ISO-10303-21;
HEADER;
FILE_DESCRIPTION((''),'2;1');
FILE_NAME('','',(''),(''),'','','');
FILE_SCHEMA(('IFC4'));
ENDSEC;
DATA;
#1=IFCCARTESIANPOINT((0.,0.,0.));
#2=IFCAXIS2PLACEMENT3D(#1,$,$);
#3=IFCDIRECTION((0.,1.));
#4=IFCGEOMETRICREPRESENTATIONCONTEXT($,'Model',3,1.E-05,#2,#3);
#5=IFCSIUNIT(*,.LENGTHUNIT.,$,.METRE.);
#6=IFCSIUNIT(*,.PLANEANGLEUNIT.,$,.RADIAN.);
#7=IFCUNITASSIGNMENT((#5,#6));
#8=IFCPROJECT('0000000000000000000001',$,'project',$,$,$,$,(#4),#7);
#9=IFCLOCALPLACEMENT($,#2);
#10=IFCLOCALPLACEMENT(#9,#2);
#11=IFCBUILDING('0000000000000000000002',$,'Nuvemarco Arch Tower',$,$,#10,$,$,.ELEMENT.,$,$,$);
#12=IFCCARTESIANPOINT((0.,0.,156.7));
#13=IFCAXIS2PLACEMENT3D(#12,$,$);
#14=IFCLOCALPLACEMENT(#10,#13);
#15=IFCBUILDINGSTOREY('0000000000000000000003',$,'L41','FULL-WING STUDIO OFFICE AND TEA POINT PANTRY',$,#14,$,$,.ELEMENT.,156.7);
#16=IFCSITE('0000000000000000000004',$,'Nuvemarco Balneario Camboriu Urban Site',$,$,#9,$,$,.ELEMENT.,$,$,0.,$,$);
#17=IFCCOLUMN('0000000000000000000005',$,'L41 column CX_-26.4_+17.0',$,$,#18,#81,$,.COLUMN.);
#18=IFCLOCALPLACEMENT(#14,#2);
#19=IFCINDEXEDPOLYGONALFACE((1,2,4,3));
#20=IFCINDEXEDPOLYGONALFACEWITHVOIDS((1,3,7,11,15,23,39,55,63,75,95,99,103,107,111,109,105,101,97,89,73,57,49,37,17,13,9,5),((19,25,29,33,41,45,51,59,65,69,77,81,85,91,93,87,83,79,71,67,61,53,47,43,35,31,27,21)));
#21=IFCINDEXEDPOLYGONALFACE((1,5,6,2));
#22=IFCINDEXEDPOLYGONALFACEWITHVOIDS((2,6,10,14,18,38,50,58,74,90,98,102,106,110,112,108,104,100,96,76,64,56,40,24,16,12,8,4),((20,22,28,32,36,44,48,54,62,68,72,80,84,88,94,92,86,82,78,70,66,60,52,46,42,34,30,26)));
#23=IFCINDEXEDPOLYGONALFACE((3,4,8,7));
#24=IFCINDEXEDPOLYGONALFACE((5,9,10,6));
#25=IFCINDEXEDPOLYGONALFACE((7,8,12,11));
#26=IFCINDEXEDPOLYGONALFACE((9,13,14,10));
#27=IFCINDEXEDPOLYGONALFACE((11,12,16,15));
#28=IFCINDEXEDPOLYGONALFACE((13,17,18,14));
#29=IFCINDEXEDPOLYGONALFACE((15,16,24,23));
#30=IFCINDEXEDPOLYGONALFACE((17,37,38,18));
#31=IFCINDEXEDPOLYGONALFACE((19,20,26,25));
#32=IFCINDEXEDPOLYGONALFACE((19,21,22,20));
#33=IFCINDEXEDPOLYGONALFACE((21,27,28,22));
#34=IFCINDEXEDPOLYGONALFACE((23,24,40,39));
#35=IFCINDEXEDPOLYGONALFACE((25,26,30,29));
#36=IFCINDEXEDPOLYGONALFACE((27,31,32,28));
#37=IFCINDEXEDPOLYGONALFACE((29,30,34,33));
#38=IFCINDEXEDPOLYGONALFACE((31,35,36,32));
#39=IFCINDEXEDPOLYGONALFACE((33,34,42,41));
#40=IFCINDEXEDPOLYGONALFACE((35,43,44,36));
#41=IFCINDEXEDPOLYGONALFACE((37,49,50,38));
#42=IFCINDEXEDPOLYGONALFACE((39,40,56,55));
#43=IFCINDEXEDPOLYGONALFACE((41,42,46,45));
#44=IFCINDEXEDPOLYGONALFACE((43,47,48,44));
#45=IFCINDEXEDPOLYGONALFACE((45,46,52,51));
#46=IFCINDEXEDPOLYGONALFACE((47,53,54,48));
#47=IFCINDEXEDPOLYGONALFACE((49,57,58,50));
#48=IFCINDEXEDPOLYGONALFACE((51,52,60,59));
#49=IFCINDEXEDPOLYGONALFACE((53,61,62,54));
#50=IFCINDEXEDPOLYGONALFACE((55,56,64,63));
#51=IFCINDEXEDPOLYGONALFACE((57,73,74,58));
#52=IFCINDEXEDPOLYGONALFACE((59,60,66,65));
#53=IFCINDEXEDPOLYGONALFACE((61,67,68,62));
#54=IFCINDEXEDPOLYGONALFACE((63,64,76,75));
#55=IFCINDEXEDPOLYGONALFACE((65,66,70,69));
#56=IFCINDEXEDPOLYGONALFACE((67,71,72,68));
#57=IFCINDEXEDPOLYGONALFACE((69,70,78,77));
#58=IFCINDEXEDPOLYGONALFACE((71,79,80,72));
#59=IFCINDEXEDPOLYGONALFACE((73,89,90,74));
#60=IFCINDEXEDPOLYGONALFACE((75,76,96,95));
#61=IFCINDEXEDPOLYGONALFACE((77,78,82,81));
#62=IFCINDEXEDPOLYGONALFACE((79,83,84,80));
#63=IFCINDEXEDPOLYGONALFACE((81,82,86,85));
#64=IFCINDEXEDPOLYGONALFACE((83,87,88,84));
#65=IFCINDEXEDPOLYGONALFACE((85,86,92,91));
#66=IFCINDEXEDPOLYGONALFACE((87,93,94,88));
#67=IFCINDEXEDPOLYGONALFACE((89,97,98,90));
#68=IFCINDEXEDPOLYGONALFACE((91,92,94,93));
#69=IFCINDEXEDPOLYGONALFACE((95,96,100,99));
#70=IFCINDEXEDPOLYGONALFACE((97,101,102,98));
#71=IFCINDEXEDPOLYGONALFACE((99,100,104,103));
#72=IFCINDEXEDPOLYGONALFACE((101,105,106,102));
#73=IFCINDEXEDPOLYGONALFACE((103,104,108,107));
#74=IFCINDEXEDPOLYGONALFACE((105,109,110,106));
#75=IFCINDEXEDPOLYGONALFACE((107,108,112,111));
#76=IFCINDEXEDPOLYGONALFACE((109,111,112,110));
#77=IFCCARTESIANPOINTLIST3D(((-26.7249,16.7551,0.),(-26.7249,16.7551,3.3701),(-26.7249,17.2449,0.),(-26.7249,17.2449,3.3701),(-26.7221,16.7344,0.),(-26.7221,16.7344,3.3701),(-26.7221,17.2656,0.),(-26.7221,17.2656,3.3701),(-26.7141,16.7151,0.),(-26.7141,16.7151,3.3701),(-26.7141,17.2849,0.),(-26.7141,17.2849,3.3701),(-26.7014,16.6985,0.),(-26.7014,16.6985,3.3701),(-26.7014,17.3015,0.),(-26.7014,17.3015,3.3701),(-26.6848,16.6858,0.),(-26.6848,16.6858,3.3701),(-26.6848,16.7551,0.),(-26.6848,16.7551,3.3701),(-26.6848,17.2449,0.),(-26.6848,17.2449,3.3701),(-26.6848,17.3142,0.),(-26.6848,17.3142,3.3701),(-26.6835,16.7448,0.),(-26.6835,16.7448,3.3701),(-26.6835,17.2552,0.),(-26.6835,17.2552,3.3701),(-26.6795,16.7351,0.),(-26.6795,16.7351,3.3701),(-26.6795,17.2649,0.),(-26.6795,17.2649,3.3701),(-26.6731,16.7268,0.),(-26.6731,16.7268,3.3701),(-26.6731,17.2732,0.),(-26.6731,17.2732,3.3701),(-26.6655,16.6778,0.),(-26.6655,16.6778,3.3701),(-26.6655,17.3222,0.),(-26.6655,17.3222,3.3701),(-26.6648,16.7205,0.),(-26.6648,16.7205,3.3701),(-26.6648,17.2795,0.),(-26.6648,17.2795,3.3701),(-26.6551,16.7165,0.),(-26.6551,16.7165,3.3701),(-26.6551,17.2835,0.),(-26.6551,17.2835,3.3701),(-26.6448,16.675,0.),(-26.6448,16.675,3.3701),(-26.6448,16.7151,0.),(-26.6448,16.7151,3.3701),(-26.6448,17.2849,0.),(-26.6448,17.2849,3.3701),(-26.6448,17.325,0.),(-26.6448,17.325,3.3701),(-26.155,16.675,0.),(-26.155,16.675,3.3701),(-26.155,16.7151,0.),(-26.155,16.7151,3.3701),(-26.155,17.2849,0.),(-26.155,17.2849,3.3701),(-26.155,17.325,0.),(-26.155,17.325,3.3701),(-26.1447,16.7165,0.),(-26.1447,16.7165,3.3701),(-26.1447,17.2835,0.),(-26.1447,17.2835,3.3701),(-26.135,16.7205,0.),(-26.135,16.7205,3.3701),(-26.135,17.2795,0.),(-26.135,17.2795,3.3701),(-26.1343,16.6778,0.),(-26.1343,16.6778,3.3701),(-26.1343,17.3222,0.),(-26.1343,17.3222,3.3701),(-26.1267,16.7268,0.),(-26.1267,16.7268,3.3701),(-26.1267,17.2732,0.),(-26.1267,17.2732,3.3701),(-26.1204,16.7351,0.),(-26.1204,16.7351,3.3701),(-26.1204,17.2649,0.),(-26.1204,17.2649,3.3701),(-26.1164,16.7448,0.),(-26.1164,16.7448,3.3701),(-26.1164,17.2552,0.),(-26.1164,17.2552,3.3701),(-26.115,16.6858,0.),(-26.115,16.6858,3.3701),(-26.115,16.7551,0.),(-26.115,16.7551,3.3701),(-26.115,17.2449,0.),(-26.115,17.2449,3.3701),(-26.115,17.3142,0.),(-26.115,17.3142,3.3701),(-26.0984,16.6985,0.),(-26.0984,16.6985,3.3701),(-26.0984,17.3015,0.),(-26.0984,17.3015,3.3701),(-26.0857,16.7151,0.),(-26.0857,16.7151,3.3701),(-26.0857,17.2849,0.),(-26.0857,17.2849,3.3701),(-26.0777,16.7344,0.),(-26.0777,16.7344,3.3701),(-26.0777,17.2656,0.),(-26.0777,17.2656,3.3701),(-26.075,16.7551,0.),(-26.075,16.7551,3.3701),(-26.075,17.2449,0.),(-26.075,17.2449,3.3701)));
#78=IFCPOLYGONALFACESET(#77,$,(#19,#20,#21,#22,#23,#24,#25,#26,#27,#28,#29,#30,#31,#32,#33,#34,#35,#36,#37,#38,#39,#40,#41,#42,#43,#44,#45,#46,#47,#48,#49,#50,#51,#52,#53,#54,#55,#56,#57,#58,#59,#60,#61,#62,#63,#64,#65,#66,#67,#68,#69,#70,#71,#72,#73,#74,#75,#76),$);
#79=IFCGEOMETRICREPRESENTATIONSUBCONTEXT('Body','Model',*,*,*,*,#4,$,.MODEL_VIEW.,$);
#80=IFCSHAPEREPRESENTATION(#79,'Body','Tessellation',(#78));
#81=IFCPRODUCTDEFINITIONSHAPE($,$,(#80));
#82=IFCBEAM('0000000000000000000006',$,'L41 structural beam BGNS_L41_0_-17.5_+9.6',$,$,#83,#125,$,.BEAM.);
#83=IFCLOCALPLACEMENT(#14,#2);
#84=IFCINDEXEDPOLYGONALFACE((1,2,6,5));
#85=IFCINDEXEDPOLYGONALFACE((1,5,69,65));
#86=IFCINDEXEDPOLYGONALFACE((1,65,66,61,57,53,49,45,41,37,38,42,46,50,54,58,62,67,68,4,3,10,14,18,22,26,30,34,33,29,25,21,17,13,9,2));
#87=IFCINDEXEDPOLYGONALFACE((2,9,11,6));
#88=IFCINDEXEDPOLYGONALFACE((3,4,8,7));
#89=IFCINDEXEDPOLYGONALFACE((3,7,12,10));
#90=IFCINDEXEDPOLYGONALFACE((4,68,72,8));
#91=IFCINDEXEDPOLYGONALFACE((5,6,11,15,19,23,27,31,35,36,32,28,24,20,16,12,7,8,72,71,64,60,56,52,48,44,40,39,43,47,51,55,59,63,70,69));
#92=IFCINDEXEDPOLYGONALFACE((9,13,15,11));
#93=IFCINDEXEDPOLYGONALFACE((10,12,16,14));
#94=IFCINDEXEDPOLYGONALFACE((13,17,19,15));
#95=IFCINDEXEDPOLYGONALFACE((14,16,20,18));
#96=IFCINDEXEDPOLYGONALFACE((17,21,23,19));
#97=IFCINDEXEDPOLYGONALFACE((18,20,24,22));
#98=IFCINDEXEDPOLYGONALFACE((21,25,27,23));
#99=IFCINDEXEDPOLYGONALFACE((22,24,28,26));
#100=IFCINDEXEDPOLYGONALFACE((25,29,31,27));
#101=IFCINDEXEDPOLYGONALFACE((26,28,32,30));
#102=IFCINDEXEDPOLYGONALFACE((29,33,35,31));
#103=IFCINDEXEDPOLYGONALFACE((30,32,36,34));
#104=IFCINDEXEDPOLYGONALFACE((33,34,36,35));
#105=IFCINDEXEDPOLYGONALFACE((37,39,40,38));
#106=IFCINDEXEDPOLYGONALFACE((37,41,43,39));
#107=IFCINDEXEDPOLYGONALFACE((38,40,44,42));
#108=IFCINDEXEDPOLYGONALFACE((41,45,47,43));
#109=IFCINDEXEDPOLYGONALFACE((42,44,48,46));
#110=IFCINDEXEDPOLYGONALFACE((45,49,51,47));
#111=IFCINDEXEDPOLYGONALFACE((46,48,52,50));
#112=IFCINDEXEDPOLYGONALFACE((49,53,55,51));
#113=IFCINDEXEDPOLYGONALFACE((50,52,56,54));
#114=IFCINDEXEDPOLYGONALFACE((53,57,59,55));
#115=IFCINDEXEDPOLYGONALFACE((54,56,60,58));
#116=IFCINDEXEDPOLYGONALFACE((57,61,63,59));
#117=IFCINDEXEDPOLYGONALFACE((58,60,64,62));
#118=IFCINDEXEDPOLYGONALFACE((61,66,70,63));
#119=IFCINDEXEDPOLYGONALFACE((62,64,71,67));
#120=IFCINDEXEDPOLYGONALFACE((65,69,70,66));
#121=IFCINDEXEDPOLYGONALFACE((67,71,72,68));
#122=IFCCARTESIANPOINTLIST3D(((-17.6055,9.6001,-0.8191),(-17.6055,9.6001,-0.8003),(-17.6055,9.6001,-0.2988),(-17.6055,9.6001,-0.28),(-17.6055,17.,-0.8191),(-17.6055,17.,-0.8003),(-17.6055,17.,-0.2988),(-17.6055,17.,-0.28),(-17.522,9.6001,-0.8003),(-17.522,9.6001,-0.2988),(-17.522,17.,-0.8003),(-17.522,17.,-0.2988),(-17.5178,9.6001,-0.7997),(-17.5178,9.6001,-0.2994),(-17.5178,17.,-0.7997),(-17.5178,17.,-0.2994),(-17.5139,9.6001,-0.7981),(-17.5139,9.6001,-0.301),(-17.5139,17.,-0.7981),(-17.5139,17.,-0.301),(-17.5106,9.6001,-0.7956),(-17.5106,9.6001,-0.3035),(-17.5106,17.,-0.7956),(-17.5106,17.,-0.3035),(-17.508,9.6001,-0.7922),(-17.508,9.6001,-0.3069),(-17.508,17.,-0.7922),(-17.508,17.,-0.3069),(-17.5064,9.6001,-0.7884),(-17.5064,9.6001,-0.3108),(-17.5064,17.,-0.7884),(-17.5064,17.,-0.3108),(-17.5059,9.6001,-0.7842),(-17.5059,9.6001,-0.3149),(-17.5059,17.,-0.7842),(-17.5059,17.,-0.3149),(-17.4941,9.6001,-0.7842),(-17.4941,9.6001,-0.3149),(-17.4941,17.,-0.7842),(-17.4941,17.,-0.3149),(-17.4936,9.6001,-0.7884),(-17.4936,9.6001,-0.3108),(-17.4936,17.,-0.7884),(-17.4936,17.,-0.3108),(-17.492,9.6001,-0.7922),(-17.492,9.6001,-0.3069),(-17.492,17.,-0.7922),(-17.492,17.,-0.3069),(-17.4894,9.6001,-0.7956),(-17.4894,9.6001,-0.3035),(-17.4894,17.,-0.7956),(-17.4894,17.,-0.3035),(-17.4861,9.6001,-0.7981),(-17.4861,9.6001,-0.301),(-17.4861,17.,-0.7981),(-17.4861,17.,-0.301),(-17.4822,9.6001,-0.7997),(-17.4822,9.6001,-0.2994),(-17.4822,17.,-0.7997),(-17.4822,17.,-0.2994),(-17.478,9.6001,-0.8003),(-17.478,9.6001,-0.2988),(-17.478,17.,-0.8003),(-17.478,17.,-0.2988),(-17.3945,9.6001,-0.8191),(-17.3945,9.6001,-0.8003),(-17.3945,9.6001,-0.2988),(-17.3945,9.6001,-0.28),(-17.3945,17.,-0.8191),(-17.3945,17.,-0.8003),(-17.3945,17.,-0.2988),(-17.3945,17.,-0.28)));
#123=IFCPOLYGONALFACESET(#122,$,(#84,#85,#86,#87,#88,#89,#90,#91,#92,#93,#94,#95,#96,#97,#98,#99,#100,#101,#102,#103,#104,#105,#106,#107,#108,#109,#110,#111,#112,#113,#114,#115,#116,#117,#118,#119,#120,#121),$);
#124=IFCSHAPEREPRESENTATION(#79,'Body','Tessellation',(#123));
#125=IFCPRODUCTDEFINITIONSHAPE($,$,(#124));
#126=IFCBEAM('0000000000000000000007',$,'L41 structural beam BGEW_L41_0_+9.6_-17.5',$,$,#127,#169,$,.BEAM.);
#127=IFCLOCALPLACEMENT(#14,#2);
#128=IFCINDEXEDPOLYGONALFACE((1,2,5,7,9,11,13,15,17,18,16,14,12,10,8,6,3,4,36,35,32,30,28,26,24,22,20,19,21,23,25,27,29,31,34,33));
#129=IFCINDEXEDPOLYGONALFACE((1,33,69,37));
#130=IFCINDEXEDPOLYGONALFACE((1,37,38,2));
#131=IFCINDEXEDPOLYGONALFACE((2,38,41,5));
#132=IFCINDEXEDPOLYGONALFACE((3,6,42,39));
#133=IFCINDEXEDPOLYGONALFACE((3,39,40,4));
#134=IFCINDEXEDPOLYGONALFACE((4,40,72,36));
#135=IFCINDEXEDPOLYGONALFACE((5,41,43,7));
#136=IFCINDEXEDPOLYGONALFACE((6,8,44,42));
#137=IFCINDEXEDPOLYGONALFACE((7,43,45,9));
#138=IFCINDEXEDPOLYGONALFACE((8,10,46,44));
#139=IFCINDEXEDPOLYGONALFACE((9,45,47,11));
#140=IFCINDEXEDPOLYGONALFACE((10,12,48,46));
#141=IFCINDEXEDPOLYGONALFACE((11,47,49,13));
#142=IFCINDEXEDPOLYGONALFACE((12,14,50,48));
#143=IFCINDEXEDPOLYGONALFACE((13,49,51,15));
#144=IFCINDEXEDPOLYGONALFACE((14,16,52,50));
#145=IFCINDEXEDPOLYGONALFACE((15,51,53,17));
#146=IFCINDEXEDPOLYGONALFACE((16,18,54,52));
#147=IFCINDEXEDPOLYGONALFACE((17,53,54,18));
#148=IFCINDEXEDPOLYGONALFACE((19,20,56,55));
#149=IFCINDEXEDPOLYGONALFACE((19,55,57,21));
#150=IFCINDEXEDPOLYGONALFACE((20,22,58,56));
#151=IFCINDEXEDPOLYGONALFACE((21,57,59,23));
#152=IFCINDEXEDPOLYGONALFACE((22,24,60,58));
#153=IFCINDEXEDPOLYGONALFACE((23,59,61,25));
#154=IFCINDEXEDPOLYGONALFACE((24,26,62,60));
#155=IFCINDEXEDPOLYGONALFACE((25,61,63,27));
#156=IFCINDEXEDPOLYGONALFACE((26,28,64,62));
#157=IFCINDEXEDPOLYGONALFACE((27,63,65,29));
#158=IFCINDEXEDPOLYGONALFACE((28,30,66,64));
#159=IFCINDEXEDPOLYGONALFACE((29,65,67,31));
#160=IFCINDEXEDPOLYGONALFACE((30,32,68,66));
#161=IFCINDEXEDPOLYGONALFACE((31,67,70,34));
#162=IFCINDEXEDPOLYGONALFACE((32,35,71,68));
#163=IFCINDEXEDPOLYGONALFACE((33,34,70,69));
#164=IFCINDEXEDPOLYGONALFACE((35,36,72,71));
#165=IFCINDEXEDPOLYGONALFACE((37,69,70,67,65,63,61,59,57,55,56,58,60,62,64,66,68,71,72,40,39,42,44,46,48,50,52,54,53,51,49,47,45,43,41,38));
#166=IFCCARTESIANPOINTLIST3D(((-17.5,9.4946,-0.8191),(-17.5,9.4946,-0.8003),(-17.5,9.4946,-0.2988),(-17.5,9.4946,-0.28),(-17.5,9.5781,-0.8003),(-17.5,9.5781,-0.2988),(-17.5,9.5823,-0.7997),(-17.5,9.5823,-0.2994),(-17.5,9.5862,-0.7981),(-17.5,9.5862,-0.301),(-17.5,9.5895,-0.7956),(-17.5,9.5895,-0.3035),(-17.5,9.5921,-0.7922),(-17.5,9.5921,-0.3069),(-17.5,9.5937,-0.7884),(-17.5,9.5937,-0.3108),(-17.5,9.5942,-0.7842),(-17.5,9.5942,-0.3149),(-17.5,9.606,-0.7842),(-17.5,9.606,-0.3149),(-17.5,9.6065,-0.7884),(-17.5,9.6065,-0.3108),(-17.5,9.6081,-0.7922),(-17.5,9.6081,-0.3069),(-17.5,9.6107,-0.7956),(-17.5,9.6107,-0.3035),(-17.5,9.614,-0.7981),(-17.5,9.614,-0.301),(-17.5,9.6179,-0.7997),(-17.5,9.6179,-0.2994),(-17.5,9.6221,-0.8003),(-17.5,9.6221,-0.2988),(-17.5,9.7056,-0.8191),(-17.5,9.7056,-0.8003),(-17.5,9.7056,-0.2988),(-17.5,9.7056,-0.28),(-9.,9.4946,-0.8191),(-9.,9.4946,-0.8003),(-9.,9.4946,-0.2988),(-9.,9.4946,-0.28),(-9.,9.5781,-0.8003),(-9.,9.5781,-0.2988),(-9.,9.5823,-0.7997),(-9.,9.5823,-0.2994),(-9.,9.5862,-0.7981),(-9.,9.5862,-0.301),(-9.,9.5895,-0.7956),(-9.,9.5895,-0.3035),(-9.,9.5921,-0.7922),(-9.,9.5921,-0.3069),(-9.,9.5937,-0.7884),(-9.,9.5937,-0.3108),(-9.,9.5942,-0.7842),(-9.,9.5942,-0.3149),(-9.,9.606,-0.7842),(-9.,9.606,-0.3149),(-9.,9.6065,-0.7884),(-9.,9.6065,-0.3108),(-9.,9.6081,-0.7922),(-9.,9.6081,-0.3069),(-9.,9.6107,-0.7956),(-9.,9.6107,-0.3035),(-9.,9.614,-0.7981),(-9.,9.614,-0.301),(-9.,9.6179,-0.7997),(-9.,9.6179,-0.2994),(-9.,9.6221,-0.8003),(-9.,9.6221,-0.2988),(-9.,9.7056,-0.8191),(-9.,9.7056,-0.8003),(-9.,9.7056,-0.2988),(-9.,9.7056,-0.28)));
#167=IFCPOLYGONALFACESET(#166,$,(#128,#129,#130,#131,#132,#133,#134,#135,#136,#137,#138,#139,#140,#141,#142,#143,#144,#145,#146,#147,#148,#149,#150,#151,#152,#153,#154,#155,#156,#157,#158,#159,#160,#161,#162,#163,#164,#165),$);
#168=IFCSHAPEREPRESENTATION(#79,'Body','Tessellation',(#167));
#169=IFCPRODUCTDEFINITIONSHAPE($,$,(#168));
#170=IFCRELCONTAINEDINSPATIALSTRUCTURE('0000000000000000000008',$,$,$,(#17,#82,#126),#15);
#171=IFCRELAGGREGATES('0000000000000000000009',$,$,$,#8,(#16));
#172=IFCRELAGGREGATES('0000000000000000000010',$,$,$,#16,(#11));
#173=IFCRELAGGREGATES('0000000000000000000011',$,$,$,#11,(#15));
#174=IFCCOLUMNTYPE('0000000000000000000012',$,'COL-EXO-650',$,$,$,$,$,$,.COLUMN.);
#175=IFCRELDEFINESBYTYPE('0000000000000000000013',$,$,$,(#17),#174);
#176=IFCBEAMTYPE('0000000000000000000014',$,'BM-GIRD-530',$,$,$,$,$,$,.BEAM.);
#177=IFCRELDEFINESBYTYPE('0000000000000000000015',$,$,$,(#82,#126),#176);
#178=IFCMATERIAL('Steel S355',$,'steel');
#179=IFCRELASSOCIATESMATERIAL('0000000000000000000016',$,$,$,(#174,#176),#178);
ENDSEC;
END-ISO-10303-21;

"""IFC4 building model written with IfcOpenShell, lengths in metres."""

from ifc_helpers import new_model, si_unit, direction, frame, origin, origin_2d, place, context, subcontext, project, spatial, hollow_rectangle, i_section, extrude, material, material_profile, profile_set, type_object, element, save


model = new_model("IFC4")

# Units and contexts
model_context = context("Model", 3, precision=1e-05, world=origin(), true_north=direction((0.0, 1.0)))
body_context = subcontext(model_context, "Body", "Model", "MODEL_VIEW")
ifc_project = project(units=[si_unit("LENGTHUNIT", "METRE"), si_unit("PLANEANGLEUNIT", "RADIAN")], contexts=[model_context])

# Site, building, storey
site_placement = place(None, origin())
site = spatial("IfcSite", under=ifc_project, at=site_placement, Name="Nuvemarco Balneario Camboriu Urban Site", CompositionType="ELEMENT", RefElevation=0.0)
building_placement = place(site_placement, origin())
building = spatial("IfcBuilding", under=site, at=building_placement, Name="Nuvemarco Arch Tower", CompositionType="ELEMENT")
storey_placement = place(building_placement, frame((0.0, 0.0, 156.7)))
storey = spatial("IfcBuildingStorey", under=building, at=storey_placement, Name="L41", Description="FULL-WING STUDIO OFFICE AND TEA POINT PANTRY", CompositionType="ELEMENT", Elevation=156.7)

# Column
ifc_material_1 = material(Name="Steel S355", Category="steel")
ifc_material_profile_1 = material_profile(ifc_material_1, hollow_rectangle(XDim=0.6499, YDim=0.6499, WallThickness=0.04, InnerFilletRadius=0.04, OuterFilletRadius=0.0801, at=origin_2d()), Name="SHS650x650x40")
ifc_profile_set_1 = profile_set([ifc_material_profile_1], Name="Steel S355")
column_type = type_object("IfcColumnType", Name="COL-EXO-650", PredefinedType="COLUMN", material=ifc_profile_set_1)
column_placement = place(storey_placement, frame((-26.3999, 17.0, 0.0), z_axis=(0.0, 0.0, 1.0), x_axis=(1.0, 0.0, 0.0)))
element("IfcColumn", 1, at=column_placement, inside=storey, type_object=column_type, Name="L41 column CX_-26.4_+17.0", PredefinedType="COLUMN", context=body_context, shape_type="SweptSolid", body=[
    extrude(hollow_rectangle(XDim=0.6499, YDim=0.6499, WallThickness=0.04, InnerFilletRadius=0.04, OuterFilletRadius=0.0801, at=origin_2d()), origin(), (0.0, 0.0, 1.0), 3.3701),
])

# Beams
ifc_material_profile_2 = material_profile(ifc_material_1, i_section(OverallWidth=0.2109, OverallDepth=0.5391, WebThickness=0.0117, FlangeThickness=0.0188, FilletRadius=0.0161, at=origin_2d()), Name="W530x109")
ifc_profile_set_2 = profile_set([ifc_material_profile_2], Name="Steel S355")
beam_type_1 = type_object("IfcBeamType", Name="BM-GIRD-530", PredefinedType="BEAM", material=ifc_profile_set_2)
beam_1_placement = place(storey_placement, frame((-17.5, 9.6001, -0.5496), z_axis=(0.0, 1.0, 0.0), x_axis=(-1.0, 0.0, 0.0)))
element("IfcBeam", 2, at=beam_1_placement, inside=storey, type_object=beam_type_1, Name="L41 structural beam BGNS_L41_0_-17.5_+9.6", PredefinedType="BEAM", context=body_context, shape_type="SweptSolid", body=[
    extrude(i_section(OverallWidth=0.2109, OverallDepth=0.5391, WebThickness=0.0117, FlangeThickness=0.0188, FilletRadius=0.0161, at=origin_2d()), origin(), (0.0, 0.0, 1.0), 7.3999),
])
beam_2_placement = place(storey_placement, frame((-17.5, 9.6001, -0.5496), z_axis=(1.0, 0.0, 0.0), x_axis=(0.0, 1.0, 0.0)))
element("IfcBeam", 3, at=beam_2_placement, inside=storey, type_object=beam_type_1, Name="L41 structural beam BGEW_L41_0_+9.6_-17.5", PredefinedType="BEAM", context=body_context, shape_type="SweptSolid", body=[
    extrude(i_section(OverallWidth=0.2109, OverallDepth=0.5391, WebThickness=0.0117, FlangeThickness=0.0188, FilletRadius=0.0161, at=origin_2d()), origin(), (0.0, 0.0, 1.0), 8.5),
])

save(model, "model.ifc")
